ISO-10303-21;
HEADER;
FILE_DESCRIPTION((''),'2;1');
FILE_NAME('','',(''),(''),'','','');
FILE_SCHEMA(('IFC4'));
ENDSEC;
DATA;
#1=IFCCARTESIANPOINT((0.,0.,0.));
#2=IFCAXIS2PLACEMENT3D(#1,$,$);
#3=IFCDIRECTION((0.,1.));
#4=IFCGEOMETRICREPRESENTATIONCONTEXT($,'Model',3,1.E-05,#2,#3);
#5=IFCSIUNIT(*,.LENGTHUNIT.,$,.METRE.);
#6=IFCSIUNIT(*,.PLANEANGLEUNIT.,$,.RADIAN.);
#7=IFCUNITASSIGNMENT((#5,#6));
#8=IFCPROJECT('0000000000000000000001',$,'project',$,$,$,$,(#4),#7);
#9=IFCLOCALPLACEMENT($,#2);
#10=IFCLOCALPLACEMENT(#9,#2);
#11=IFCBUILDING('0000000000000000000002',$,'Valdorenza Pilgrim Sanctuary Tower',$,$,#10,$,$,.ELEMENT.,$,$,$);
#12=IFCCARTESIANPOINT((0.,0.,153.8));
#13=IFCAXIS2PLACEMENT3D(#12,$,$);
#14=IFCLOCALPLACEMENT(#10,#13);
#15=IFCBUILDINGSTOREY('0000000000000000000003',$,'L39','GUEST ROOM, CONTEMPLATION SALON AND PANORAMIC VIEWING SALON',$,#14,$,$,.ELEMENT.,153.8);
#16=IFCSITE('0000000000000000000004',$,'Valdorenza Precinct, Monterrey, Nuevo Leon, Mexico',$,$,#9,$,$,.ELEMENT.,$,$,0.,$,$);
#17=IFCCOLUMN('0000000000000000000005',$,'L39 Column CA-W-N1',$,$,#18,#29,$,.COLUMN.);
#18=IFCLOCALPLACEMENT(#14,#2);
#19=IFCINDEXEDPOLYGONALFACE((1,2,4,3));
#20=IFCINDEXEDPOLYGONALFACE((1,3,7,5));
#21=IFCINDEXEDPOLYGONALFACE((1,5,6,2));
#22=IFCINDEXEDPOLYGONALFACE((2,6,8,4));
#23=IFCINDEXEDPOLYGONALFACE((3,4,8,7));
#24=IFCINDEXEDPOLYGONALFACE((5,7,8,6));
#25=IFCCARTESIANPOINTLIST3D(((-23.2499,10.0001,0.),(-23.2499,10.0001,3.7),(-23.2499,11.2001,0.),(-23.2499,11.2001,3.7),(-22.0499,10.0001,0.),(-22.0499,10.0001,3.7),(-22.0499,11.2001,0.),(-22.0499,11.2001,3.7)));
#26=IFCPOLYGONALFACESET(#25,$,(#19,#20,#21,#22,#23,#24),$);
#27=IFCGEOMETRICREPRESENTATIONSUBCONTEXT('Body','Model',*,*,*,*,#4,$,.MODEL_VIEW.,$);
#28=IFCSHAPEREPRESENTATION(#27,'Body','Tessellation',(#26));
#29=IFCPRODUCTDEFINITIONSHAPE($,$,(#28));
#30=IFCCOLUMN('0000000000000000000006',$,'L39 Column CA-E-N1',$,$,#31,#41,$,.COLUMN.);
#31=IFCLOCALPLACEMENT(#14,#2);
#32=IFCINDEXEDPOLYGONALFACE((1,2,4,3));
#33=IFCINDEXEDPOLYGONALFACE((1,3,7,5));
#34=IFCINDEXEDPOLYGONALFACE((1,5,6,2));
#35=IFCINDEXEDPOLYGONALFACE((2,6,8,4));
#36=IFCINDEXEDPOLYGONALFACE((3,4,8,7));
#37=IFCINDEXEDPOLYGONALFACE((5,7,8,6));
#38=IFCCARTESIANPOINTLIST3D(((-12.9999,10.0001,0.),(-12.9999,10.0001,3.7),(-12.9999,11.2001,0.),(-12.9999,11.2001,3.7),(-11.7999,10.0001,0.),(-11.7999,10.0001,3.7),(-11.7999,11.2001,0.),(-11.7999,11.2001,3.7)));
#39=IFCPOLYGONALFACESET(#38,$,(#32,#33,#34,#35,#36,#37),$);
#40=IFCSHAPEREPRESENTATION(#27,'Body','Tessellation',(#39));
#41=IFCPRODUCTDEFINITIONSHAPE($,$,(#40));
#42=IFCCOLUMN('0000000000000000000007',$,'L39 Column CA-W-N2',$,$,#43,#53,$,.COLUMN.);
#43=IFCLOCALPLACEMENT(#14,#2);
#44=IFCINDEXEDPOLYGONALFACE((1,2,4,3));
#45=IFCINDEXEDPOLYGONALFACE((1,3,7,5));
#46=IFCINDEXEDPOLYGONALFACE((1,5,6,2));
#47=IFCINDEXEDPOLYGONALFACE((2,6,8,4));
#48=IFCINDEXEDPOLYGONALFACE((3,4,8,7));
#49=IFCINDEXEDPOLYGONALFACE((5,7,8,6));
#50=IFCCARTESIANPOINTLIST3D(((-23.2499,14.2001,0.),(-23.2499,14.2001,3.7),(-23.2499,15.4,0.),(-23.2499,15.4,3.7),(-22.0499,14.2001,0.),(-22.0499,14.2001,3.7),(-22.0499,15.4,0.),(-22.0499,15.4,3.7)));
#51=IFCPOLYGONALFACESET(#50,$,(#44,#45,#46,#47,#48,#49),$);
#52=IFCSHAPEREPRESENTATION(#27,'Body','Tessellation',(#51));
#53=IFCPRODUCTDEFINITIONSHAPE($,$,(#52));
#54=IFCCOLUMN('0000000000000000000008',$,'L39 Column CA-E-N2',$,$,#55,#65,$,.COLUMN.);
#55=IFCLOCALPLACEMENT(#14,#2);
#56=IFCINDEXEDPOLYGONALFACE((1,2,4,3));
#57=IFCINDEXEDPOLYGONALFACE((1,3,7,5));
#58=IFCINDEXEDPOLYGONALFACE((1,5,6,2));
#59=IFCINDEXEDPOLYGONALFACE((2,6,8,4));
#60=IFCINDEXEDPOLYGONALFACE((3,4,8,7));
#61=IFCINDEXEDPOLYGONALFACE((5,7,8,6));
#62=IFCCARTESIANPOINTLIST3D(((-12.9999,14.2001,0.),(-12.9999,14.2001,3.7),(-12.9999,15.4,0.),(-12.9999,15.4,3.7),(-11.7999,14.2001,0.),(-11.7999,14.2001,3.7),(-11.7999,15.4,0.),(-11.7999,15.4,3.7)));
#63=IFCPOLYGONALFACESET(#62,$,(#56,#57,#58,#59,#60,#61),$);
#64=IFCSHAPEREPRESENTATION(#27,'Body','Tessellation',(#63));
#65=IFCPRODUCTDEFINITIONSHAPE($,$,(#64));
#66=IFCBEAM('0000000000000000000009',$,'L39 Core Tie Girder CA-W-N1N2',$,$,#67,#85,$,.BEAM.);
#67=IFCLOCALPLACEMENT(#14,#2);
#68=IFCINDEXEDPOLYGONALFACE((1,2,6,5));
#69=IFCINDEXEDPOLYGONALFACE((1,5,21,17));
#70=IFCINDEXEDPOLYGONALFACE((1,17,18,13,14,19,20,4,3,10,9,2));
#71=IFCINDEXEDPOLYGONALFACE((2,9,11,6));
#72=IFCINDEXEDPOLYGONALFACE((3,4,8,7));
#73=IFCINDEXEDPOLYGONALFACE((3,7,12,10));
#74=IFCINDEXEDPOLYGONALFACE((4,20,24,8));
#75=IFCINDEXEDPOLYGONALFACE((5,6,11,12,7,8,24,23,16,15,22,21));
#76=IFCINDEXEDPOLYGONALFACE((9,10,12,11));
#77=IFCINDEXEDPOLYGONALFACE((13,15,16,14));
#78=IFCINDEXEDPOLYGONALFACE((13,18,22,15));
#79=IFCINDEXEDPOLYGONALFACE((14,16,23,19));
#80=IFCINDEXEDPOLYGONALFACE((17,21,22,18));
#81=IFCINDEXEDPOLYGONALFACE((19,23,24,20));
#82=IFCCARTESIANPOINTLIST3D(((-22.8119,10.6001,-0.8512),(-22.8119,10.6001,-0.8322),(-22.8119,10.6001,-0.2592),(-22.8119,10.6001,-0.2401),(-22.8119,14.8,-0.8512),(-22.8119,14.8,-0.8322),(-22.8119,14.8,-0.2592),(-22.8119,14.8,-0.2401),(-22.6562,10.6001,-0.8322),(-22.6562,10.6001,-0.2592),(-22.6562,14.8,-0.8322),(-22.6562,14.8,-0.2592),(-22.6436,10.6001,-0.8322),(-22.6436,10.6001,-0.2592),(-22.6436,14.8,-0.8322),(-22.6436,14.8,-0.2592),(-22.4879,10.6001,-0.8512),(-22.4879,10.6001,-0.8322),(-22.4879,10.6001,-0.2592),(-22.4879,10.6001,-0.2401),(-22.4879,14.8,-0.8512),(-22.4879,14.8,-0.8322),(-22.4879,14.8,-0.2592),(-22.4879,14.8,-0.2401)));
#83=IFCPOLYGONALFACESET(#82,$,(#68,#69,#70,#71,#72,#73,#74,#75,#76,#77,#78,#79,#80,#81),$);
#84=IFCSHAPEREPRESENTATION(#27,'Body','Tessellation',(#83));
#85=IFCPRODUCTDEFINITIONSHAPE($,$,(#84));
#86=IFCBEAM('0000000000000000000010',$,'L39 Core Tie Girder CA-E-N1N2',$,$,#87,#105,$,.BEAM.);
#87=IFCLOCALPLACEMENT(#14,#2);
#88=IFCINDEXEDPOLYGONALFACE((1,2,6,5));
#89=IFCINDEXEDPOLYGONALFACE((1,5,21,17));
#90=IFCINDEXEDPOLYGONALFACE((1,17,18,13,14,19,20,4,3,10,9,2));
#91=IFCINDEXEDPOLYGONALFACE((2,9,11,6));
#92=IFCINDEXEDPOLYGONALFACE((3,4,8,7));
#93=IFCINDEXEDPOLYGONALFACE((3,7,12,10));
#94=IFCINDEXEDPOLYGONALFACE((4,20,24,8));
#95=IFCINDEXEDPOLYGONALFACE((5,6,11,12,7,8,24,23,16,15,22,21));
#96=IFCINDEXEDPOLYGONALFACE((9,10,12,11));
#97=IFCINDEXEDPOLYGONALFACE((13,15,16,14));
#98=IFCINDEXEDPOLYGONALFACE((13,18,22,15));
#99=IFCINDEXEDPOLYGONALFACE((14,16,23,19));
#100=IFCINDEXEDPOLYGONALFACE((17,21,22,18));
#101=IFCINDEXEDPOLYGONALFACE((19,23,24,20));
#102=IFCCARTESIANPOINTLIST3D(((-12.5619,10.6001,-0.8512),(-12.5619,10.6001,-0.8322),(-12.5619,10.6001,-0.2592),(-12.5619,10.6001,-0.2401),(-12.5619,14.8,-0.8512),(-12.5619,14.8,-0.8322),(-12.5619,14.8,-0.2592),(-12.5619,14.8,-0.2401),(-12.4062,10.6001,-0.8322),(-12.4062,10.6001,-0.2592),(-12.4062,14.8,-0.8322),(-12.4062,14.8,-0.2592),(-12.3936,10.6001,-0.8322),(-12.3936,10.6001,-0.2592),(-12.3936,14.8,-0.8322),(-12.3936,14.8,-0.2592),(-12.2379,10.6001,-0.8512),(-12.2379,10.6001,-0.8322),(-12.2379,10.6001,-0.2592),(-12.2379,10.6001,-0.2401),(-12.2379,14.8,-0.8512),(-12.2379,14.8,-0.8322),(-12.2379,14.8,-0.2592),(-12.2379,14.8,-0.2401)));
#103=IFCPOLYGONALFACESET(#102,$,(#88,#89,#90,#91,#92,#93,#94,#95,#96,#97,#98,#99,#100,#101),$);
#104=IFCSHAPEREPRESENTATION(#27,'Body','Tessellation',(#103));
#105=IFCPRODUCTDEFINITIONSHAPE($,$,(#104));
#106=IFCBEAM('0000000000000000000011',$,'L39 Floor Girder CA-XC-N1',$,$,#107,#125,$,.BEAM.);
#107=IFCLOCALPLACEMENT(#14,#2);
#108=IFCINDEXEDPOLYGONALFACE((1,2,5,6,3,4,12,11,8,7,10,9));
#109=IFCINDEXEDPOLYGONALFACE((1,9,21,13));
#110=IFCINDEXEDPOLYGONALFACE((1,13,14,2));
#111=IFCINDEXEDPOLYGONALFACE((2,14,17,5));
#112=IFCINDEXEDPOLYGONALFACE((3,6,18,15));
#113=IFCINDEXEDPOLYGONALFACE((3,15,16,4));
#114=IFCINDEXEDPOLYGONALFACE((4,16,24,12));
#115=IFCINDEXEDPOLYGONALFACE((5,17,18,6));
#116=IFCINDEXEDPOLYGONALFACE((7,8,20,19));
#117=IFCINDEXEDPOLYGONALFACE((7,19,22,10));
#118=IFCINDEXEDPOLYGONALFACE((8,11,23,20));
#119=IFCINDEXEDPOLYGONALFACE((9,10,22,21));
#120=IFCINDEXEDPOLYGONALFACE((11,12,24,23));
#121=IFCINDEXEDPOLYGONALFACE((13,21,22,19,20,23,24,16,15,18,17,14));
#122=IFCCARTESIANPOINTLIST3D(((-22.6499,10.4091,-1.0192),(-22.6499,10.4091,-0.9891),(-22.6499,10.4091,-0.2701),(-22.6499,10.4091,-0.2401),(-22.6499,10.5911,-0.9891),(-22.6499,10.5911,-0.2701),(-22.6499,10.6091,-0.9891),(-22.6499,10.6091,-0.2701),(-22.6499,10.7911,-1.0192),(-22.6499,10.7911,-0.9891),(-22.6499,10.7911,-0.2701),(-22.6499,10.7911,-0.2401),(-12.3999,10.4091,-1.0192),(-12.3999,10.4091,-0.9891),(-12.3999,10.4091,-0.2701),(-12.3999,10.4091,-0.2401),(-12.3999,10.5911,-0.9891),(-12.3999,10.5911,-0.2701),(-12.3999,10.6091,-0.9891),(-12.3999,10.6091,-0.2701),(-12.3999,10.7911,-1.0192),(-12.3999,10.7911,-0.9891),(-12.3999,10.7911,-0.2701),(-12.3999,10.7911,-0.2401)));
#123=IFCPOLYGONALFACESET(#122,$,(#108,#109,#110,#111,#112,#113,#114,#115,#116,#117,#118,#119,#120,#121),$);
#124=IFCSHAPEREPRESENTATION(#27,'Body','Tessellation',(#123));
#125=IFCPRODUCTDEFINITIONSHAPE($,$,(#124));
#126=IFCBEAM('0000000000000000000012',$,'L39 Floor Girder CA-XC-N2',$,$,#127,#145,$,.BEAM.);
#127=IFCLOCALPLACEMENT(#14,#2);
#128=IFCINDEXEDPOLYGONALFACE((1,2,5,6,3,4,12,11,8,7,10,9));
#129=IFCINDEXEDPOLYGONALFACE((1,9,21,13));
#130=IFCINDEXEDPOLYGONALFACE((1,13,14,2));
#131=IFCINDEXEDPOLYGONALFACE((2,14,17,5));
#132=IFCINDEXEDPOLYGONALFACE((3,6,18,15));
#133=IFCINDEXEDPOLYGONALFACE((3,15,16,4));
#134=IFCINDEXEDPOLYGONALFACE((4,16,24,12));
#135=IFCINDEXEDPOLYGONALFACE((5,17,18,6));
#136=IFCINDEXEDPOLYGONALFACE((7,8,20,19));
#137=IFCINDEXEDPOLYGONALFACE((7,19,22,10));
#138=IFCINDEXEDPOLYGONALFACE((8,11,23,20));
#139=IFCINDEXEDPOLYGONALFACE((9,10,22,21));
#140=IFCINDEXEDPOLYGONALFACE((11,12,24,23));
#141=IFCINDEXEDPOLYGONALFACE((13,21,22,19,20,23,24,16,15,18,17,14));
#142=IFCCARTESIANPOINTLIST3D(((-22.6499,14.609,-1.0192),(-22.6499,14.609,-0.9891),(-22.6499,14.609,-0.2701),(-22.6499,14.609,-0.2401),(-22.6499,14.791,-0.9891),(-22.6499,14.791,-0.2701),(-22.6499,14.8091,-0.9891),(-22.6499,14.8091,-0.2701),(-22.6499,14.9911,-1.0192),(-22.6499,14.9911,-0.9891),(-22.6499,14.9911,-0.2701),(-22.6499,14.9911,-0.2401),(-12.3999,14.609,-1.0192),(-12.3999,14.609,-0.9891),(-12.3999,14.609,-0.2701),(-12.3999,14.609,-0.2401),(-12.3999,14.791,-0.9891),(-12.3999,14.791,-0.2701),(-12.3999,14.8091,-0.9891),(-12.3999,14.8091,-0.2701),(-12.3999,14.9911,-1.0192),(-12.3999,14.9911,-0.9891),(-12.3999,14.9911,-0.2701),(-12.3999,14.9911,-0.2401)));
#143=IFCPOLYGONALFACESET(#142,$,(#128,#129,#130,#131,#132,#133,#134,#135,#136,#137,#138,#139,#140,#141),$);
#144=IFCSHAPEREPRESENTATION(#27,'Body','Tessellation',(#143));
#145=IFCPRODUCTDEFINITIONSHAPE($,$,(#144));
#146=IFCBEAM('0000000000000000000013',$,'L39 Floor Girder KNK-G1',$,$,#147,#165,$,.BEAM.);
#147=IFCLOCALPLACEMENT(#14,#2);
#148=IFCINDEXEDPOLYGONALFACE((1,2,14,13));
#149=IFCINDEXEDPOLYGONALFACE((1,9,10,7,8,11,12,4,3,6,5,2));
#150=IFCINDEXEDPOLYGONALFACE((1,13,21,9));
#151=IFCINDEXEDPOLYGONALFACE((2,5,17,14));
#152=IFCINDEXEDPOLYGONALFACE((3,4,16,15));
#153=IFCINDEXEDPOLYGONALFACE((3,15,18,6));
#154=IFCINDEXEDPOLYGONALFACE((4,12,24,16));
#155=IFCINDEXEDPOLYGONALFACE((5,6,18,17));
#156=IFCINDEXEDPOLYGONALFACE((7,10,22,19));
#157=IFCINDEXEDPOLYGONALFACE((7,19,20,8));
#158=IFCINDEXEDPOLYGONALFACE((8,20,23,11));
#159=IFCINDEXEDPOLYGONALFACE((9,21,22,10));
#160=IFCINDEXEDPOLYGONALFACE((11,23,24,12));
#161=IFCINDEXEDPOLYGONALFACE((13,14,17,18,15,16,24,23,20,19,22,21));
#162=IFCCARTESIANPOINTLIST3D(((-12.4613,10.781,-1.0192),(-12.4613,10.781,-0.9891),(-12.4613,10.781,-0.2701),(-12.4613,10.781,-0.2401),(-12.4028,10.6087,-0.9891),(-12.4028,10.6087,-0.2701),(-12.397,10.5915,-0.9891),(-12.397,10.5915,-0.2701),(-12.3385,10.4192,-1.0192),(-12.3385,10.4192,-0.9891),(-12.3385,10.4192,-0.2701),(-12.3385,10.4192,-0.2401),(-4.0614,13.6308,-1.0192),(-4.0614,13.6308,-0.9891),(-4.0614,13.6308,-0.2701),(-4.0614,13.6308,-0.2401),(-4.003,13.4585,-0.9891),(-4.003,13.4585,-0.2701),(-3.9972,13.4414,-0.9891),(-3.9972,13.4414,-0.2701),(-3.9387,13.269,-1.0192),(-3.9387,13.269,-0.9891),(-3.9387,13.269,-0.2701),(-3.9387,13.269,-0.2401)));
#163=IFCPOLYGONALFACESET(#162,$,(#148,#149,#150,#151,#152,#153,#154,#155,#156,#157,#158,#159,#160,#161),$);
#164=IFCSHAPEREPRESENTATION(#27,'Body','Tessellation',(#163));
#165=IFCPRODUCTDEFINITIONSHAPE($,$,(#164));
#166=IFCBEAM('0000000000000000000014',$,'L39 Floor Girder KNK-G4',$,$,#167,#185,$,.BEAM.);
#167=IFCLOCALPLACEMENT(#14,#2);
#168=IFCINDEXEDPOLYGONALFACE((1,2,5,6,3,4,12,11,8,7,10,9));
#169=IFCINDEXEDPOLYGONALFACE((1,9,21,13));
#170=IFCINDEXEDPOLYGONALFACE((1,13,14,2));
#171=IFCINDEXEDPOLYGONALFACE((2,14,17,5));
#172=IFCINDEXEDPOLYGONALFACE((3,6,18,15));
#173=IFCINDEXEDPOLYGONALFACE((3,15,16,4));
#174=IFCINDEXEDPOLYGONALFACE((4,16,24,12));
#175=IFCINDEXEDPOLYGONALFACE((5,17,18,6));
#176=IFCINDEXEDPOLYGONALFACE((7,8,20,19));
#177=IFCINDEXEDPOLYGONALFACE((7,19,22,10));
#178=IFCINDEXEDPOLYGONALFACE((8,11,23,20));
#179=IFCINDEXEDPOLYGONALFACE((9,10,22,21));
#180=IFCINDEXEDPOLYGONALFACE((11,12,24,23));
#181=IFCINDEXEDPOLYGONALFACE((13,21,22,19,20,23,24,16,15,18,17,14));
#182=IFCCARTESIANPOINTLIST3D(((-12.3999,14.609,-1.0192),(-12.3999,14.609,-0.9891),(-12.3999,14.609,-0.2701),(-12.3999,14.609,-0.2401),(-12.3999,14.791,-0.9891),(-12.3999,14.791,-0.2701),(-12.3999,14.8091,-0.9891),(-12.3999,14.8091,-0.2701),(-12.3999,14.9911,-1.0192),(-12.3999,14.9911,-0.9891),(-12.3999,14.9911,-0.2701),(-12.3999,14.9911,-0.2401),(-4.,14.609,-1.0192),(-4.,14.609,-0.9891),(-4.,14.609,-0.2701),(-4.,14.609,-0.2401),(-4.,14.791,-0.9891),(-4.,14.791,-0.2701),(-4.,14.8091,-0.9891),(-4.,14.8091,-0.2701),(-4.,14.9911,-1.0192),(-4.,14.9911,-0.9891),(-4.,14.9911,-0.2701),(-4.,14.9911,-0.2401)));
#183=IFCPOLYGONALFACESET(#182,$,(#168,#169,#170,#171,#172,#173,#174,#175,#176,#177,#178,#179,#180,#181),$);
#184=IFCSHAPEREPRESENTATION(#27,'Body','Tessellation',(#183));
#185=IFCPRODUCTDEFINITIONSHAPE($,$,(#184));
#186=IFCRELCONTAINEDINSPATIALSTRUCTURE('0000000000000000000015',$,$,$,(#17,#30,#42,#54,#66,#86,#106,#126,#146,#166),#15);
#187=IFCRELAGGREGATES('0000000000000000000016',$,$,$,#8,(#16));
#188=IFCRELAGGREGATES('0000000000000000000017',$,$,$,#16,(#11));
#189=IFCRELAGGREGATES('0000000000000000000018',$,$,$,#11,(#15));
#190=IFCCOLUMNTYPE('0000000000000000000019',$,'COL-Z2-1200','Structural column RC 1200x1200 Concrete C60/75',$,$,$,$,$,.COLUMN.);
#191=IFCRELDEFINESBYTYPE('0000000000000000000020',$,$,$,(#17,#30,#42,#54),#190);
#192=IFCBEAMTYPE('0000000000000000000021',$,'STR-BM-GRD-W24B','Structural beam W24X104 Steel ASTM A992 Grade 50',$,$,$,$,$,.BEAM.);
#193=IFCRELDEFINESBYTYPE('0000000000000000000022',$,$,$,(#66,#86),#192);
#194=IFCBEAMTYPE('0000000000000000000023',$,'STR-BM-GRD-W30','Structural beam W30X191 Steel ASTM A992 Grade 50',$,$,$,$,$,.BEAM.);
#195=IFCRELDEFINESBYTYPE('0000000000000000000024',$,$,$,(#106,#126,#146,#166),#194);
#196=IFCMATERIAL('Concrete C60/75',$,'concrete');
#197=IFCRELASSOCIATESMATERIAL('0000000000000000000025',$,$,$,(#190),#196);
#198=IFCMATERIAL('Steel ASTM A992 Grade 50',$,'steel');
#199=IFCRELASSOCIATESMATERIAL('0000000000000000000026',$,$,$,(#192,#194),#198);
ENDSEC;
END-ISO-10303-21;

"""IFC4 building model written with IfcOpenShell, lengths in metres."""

from ifc_helpers import new_model, si_unit, direction, frame, origin, origin_2d, place, context, subcontext, project, spatial, rectangle, i_section, extrude, source, transform, mapped, material, material_profile, profile_set, type_object, element, save


model = new_model("IFC4")

# Units and contexts
model_context = context("Model", 3, precision=1e-05, world=origin(), true_north=direction((0.0, 1.0)))
body_context = subcontext(model_context, "Body", "Model", "MODEL_VIEW")
ifc_project = project(units=[si_unit("LENGTHUNIT", "METRE"), si_unit("PLANEANGLEUNIT", "RADIAN")], contexts=[model_context])

# Site, building, storey
site_placement = place(None, origin())
site = spatial("IfcSite", under=ifc_project, at=site_placement, Name="Valdorenza Precinct, Monterrey, Nuevo Leon, Mexico", CompositionType="ELEMENT", RefElevation=0.0)
building_placement = place(site_placement, origin())
building = spatial("IfcBuilding", under=site, at=building_placement, Name="Valdorenza Pilgrim Sanctuary Tower", CompositionType="ELEMENT")
storey_placement = place(building_placement, frame((0.0, 0.0, 153.8)))
storey = spatial("IfcBuildingStorey", under=building, at=storey_placement, Name="L39", Description="GUEST ROOM, CONTEMPLATION SALON AND PANORAMIC VIEWING SALON", CompositionType="ELEMENT", Elevation=153.8)

# Columns
ifc_material_1 = material(Name="Concrete C60/75", Category="concrete")
ifc_material_profile_1 = material_profile(ifc_material_1, rectangle(XDim=1.2, YDim=1.2, at=origin_2d()), Name="RC 1200x1200")
ifc_profile_set_1 = profile_set([ifc_material_profile_1], Name="Concrete C60/75")
column_type = type_object("IfcColumnType", Name="COL-Z2-1200", Description="Structural column RC 1200x1200 Concrete C60/75", PredefinedType="COLUMN", material=ifc_profile_set_1)
shared_shape_1 = source(origin(), body_context, "Body", "SweptSolid", [
    extrude(rectangle(XDim=1.2, YDim=1.2, at=origin_2d()), origin(), (0.0, 0.0, 1.0), 3.7),
])
for number, where, z_axis, x_axis, name in (
    (1, (-22.6499, 10.6001, 0.0), (0.0, 0.0, 1.0), (1.0, 0.0, 0.0), "L39 Column CA-W-N1"),
    (2, (-12.3999, 10.6001, 0.0), (0.0, 0.0, 1.0), (1.0, 0.0, 0.0), "L39 Column CA-E-N1"),
    (3, (-22.6499, 14.8, 0.0), (0.0, 0.0, 1.0), (1.0, 0.0, 0.0), "L39 Column CA-W-N2"),
    (4, (-12.3999, 14.8, 0.0), (0.0, 0.0, 1.0), (1.0, 0.0, 0.0), "L39 Column CA-E-N2"),
):
    element("IfcColumn", number, at=place(storey_placement, frame(where, z_axis=z_axis, x_axis=x_axis)), inside=storey, type_object=column_type, Name=name, PredefinedType="COLUMN", context=body_context, shape_type="MappedRepresentation", body=[
        mapped(shared_shape_1, transform((0.0, 0.0, 0.0), x_axis=(1.0, 0.0, 0.0), y_axis=(0.0, 1.0, 0.0), z_axis=(0.0, 0.0, 1.0), scale=1.0)),
    ])

# Beams
ifc_material_2 = material(Name="Steel ASTM A992 Grade 50", Category="steel")
ifc_material_profile_2 = material_profile(ifc_material_2, i_section(OverallWidth=0.324, OverallDepth=0.6111, WebThickness=0.0127, FlangeThickness=0.019, at=origin_2d()), Name="W24X104")
ifc_profile_set_2 = profile_set([ifc_material_profile_2], Name="Steel ASTM A992 Grade 50")
beam_type_1 = type_object("IfcBeamType", Name="STR-BM-GRD-W24B", Description="Structural beam W24X104 Steel ASTM A992 Grade 50", PredefinedType="BEAM", material=ifc_profile_set_2)
shared_shape_2 = source(origin(), body_context, "Body", "SweptSolid", [
    extrude(i_section(OverallWidth=0.324, OverallDepth=0.6111, WebThickness=0.0127, FlangeThickness=0.019, at=origin_2d()), origin(), (0.0, 0.0, 1.0), 4.2),
])
for number, where, z_axis, x_axis, name in (
    (5, (-22.6499, 10.6001, -0.5457), (0.0, 1.0, 0.0), (-1.0, 0.0, 0.0), "L39 Core Tie Girder CA-W-N1N2"),
    (6, (-12.3999, 10.6001, -0.5457), (0.0, 1.0, 0.0), (-1.0, 0.0, 0.0), "L39 Core Tie Girder CA-E-N1N2"),
):
    element("IfcBeam", number, at=place(storey_placement, frame(where, z_axis=z_axis, x_axis=x_axis)), inside=storey, type_object=beam_type_1, Name=name, PredefinedType="BEAM", context=body_context, shape_type="MappedRepresentation", body=[
        mapped(shared_shape_2, transform((0.0, 0.0, 0.0), x_axis=(1.0, 0.0, 0.0), y_axis=(0.0, 1.0, 0.0), z_axis=(0.0, 0.0, 1.0), scale=1.0)),
    ])
ifc_material_profile_3 = material_profile(ifc_material_2, i_section(OverallWidth=0.3821, OverallDepth=0.7791, WebThickness=0.0181, FlangeThickness=0.03, at=origin_2d()), Name="W30X191")
ifc_profile_set_3 = profile_set([ifc_material_profile_3], Name="Steel ASTM A992 Grade 50")
beam_type_2 = type_object("IfcBeamType", Name="STR-BM-GRD-W30", Description="Structural beam W30X191 Steel ASTM A992 Grade 50", PredefinedType="BEAM", material=ifc_profile_set_3)
shared_shape_3 = source(origin(), body_context, "Body", "SweptSolid", [
    extrude(i_section(OverallWidth=0.3821, OverallDepth=0.7791, WebThickness=0.0181, FlangeThickness=0.03, at=origin_2d()), origin(), (0.0, 0.0, 1.0), 10.25),
])
for number, where, z_axis, x_axis, name in (
    (7, (-22.6499, 10.6001, -0.6296), (1.0, 0.0, 0.0), (0.0, 1.0, 0.0), "L39 Floor Girder CA-XC-N1"),
    (8, (-22.6499, 14.8, -0.6296), (1.0, 0.0, 0.0), (0.0, 1.0, 0.0), "L39 Floor Girder CA-XC-N2"),
):
    element("IfcBeam", number, at=place(storey_placement, frame(where, z_axis=z_axis, x_axis=x_axis)), inside=storey, type_object=beam_type_2, Name=name, PredefinedType="BEAM", context=body_context, shape_type="MappedRepresentation", body=[
        mapped(shared_shape_3, transform((0.0, 0.0, 0.0), x_axis=(1.0, 0.0, 0.0), y_axis=(0.0, 1.0, 0.0), z_axis=(0.0, 0.0, 1.0), scale=1.0)),
    ])
shared_shape_4 = source(origin(), body_context, "Body", "SweptSolid", [
    extrude(i_section(OverallWidth=0.3821, OverallDepth=0.7791, WebThickness=0.0181, FlangeThickness=0.03, at=origin_2d()), origin(), (0.0, 0.0, 1.0), 8.8701),
])
beam_1_placement = place(storey_placement, frame((-12.3999, 10.6001, -0.6296), z_axis=(0.946983, 0.321285, 0.0), x_axis=(-0.321285, 0.946983, 0.0)))
element("IfcBeam", 9, at=beam_1_placement, inside=storey, type_object=beam_type_2, Name="L39 Floor Girder KNK-G1", PredefinedType="BEAM", context=body_context, shape_type="MappedRepresentation", body=[
    mapped(shared_shape_4, transform((0.0, 0.0, 0.0), x_axis=(1.0, 0.0, 0.0), y_axis=(0.0, 1.0, 0.0), z_axis=(0.0, 0.0, 1.0), scale=1.0)),
])
shared_shape_5 = source(origin(), body_context, "Body", "SweptSolid", [
    extrude(i_section(OverallWidth=0.3821, OverallDepth=0.7791, WebThickness=0.0181, FlangeThickness=0.03, at=origin_2d()), origin(), (0.0, 0.0, 1.0), 8.3999),
])
beam_2_placement = place(storey_placement, frame((-12.3999, 14.8, -0.6296), z_axis=(1.0, 0.0, 0.0), x_axis=(0.0, 1.0, 0.0)))
element("IfcBeam", 10, at=beam_2_placement, inside=storey, type_object=beam_type_2, Name="L39 Floor Girder KNK-G4", PredefinedType="BEAM", context=body_context, shape_type="MappedRepresentation", body=[
    mapped(shared_shape_5, transform((0.0, 0.0, 0.0), x_axis=(1.0, 0.0, 0.0), y_axis=(0.0, 1.0, 0.0), z_axis=(0.0, 0.0, 1.0), scale=1.0)),
])

save(model, "model.ifc")
